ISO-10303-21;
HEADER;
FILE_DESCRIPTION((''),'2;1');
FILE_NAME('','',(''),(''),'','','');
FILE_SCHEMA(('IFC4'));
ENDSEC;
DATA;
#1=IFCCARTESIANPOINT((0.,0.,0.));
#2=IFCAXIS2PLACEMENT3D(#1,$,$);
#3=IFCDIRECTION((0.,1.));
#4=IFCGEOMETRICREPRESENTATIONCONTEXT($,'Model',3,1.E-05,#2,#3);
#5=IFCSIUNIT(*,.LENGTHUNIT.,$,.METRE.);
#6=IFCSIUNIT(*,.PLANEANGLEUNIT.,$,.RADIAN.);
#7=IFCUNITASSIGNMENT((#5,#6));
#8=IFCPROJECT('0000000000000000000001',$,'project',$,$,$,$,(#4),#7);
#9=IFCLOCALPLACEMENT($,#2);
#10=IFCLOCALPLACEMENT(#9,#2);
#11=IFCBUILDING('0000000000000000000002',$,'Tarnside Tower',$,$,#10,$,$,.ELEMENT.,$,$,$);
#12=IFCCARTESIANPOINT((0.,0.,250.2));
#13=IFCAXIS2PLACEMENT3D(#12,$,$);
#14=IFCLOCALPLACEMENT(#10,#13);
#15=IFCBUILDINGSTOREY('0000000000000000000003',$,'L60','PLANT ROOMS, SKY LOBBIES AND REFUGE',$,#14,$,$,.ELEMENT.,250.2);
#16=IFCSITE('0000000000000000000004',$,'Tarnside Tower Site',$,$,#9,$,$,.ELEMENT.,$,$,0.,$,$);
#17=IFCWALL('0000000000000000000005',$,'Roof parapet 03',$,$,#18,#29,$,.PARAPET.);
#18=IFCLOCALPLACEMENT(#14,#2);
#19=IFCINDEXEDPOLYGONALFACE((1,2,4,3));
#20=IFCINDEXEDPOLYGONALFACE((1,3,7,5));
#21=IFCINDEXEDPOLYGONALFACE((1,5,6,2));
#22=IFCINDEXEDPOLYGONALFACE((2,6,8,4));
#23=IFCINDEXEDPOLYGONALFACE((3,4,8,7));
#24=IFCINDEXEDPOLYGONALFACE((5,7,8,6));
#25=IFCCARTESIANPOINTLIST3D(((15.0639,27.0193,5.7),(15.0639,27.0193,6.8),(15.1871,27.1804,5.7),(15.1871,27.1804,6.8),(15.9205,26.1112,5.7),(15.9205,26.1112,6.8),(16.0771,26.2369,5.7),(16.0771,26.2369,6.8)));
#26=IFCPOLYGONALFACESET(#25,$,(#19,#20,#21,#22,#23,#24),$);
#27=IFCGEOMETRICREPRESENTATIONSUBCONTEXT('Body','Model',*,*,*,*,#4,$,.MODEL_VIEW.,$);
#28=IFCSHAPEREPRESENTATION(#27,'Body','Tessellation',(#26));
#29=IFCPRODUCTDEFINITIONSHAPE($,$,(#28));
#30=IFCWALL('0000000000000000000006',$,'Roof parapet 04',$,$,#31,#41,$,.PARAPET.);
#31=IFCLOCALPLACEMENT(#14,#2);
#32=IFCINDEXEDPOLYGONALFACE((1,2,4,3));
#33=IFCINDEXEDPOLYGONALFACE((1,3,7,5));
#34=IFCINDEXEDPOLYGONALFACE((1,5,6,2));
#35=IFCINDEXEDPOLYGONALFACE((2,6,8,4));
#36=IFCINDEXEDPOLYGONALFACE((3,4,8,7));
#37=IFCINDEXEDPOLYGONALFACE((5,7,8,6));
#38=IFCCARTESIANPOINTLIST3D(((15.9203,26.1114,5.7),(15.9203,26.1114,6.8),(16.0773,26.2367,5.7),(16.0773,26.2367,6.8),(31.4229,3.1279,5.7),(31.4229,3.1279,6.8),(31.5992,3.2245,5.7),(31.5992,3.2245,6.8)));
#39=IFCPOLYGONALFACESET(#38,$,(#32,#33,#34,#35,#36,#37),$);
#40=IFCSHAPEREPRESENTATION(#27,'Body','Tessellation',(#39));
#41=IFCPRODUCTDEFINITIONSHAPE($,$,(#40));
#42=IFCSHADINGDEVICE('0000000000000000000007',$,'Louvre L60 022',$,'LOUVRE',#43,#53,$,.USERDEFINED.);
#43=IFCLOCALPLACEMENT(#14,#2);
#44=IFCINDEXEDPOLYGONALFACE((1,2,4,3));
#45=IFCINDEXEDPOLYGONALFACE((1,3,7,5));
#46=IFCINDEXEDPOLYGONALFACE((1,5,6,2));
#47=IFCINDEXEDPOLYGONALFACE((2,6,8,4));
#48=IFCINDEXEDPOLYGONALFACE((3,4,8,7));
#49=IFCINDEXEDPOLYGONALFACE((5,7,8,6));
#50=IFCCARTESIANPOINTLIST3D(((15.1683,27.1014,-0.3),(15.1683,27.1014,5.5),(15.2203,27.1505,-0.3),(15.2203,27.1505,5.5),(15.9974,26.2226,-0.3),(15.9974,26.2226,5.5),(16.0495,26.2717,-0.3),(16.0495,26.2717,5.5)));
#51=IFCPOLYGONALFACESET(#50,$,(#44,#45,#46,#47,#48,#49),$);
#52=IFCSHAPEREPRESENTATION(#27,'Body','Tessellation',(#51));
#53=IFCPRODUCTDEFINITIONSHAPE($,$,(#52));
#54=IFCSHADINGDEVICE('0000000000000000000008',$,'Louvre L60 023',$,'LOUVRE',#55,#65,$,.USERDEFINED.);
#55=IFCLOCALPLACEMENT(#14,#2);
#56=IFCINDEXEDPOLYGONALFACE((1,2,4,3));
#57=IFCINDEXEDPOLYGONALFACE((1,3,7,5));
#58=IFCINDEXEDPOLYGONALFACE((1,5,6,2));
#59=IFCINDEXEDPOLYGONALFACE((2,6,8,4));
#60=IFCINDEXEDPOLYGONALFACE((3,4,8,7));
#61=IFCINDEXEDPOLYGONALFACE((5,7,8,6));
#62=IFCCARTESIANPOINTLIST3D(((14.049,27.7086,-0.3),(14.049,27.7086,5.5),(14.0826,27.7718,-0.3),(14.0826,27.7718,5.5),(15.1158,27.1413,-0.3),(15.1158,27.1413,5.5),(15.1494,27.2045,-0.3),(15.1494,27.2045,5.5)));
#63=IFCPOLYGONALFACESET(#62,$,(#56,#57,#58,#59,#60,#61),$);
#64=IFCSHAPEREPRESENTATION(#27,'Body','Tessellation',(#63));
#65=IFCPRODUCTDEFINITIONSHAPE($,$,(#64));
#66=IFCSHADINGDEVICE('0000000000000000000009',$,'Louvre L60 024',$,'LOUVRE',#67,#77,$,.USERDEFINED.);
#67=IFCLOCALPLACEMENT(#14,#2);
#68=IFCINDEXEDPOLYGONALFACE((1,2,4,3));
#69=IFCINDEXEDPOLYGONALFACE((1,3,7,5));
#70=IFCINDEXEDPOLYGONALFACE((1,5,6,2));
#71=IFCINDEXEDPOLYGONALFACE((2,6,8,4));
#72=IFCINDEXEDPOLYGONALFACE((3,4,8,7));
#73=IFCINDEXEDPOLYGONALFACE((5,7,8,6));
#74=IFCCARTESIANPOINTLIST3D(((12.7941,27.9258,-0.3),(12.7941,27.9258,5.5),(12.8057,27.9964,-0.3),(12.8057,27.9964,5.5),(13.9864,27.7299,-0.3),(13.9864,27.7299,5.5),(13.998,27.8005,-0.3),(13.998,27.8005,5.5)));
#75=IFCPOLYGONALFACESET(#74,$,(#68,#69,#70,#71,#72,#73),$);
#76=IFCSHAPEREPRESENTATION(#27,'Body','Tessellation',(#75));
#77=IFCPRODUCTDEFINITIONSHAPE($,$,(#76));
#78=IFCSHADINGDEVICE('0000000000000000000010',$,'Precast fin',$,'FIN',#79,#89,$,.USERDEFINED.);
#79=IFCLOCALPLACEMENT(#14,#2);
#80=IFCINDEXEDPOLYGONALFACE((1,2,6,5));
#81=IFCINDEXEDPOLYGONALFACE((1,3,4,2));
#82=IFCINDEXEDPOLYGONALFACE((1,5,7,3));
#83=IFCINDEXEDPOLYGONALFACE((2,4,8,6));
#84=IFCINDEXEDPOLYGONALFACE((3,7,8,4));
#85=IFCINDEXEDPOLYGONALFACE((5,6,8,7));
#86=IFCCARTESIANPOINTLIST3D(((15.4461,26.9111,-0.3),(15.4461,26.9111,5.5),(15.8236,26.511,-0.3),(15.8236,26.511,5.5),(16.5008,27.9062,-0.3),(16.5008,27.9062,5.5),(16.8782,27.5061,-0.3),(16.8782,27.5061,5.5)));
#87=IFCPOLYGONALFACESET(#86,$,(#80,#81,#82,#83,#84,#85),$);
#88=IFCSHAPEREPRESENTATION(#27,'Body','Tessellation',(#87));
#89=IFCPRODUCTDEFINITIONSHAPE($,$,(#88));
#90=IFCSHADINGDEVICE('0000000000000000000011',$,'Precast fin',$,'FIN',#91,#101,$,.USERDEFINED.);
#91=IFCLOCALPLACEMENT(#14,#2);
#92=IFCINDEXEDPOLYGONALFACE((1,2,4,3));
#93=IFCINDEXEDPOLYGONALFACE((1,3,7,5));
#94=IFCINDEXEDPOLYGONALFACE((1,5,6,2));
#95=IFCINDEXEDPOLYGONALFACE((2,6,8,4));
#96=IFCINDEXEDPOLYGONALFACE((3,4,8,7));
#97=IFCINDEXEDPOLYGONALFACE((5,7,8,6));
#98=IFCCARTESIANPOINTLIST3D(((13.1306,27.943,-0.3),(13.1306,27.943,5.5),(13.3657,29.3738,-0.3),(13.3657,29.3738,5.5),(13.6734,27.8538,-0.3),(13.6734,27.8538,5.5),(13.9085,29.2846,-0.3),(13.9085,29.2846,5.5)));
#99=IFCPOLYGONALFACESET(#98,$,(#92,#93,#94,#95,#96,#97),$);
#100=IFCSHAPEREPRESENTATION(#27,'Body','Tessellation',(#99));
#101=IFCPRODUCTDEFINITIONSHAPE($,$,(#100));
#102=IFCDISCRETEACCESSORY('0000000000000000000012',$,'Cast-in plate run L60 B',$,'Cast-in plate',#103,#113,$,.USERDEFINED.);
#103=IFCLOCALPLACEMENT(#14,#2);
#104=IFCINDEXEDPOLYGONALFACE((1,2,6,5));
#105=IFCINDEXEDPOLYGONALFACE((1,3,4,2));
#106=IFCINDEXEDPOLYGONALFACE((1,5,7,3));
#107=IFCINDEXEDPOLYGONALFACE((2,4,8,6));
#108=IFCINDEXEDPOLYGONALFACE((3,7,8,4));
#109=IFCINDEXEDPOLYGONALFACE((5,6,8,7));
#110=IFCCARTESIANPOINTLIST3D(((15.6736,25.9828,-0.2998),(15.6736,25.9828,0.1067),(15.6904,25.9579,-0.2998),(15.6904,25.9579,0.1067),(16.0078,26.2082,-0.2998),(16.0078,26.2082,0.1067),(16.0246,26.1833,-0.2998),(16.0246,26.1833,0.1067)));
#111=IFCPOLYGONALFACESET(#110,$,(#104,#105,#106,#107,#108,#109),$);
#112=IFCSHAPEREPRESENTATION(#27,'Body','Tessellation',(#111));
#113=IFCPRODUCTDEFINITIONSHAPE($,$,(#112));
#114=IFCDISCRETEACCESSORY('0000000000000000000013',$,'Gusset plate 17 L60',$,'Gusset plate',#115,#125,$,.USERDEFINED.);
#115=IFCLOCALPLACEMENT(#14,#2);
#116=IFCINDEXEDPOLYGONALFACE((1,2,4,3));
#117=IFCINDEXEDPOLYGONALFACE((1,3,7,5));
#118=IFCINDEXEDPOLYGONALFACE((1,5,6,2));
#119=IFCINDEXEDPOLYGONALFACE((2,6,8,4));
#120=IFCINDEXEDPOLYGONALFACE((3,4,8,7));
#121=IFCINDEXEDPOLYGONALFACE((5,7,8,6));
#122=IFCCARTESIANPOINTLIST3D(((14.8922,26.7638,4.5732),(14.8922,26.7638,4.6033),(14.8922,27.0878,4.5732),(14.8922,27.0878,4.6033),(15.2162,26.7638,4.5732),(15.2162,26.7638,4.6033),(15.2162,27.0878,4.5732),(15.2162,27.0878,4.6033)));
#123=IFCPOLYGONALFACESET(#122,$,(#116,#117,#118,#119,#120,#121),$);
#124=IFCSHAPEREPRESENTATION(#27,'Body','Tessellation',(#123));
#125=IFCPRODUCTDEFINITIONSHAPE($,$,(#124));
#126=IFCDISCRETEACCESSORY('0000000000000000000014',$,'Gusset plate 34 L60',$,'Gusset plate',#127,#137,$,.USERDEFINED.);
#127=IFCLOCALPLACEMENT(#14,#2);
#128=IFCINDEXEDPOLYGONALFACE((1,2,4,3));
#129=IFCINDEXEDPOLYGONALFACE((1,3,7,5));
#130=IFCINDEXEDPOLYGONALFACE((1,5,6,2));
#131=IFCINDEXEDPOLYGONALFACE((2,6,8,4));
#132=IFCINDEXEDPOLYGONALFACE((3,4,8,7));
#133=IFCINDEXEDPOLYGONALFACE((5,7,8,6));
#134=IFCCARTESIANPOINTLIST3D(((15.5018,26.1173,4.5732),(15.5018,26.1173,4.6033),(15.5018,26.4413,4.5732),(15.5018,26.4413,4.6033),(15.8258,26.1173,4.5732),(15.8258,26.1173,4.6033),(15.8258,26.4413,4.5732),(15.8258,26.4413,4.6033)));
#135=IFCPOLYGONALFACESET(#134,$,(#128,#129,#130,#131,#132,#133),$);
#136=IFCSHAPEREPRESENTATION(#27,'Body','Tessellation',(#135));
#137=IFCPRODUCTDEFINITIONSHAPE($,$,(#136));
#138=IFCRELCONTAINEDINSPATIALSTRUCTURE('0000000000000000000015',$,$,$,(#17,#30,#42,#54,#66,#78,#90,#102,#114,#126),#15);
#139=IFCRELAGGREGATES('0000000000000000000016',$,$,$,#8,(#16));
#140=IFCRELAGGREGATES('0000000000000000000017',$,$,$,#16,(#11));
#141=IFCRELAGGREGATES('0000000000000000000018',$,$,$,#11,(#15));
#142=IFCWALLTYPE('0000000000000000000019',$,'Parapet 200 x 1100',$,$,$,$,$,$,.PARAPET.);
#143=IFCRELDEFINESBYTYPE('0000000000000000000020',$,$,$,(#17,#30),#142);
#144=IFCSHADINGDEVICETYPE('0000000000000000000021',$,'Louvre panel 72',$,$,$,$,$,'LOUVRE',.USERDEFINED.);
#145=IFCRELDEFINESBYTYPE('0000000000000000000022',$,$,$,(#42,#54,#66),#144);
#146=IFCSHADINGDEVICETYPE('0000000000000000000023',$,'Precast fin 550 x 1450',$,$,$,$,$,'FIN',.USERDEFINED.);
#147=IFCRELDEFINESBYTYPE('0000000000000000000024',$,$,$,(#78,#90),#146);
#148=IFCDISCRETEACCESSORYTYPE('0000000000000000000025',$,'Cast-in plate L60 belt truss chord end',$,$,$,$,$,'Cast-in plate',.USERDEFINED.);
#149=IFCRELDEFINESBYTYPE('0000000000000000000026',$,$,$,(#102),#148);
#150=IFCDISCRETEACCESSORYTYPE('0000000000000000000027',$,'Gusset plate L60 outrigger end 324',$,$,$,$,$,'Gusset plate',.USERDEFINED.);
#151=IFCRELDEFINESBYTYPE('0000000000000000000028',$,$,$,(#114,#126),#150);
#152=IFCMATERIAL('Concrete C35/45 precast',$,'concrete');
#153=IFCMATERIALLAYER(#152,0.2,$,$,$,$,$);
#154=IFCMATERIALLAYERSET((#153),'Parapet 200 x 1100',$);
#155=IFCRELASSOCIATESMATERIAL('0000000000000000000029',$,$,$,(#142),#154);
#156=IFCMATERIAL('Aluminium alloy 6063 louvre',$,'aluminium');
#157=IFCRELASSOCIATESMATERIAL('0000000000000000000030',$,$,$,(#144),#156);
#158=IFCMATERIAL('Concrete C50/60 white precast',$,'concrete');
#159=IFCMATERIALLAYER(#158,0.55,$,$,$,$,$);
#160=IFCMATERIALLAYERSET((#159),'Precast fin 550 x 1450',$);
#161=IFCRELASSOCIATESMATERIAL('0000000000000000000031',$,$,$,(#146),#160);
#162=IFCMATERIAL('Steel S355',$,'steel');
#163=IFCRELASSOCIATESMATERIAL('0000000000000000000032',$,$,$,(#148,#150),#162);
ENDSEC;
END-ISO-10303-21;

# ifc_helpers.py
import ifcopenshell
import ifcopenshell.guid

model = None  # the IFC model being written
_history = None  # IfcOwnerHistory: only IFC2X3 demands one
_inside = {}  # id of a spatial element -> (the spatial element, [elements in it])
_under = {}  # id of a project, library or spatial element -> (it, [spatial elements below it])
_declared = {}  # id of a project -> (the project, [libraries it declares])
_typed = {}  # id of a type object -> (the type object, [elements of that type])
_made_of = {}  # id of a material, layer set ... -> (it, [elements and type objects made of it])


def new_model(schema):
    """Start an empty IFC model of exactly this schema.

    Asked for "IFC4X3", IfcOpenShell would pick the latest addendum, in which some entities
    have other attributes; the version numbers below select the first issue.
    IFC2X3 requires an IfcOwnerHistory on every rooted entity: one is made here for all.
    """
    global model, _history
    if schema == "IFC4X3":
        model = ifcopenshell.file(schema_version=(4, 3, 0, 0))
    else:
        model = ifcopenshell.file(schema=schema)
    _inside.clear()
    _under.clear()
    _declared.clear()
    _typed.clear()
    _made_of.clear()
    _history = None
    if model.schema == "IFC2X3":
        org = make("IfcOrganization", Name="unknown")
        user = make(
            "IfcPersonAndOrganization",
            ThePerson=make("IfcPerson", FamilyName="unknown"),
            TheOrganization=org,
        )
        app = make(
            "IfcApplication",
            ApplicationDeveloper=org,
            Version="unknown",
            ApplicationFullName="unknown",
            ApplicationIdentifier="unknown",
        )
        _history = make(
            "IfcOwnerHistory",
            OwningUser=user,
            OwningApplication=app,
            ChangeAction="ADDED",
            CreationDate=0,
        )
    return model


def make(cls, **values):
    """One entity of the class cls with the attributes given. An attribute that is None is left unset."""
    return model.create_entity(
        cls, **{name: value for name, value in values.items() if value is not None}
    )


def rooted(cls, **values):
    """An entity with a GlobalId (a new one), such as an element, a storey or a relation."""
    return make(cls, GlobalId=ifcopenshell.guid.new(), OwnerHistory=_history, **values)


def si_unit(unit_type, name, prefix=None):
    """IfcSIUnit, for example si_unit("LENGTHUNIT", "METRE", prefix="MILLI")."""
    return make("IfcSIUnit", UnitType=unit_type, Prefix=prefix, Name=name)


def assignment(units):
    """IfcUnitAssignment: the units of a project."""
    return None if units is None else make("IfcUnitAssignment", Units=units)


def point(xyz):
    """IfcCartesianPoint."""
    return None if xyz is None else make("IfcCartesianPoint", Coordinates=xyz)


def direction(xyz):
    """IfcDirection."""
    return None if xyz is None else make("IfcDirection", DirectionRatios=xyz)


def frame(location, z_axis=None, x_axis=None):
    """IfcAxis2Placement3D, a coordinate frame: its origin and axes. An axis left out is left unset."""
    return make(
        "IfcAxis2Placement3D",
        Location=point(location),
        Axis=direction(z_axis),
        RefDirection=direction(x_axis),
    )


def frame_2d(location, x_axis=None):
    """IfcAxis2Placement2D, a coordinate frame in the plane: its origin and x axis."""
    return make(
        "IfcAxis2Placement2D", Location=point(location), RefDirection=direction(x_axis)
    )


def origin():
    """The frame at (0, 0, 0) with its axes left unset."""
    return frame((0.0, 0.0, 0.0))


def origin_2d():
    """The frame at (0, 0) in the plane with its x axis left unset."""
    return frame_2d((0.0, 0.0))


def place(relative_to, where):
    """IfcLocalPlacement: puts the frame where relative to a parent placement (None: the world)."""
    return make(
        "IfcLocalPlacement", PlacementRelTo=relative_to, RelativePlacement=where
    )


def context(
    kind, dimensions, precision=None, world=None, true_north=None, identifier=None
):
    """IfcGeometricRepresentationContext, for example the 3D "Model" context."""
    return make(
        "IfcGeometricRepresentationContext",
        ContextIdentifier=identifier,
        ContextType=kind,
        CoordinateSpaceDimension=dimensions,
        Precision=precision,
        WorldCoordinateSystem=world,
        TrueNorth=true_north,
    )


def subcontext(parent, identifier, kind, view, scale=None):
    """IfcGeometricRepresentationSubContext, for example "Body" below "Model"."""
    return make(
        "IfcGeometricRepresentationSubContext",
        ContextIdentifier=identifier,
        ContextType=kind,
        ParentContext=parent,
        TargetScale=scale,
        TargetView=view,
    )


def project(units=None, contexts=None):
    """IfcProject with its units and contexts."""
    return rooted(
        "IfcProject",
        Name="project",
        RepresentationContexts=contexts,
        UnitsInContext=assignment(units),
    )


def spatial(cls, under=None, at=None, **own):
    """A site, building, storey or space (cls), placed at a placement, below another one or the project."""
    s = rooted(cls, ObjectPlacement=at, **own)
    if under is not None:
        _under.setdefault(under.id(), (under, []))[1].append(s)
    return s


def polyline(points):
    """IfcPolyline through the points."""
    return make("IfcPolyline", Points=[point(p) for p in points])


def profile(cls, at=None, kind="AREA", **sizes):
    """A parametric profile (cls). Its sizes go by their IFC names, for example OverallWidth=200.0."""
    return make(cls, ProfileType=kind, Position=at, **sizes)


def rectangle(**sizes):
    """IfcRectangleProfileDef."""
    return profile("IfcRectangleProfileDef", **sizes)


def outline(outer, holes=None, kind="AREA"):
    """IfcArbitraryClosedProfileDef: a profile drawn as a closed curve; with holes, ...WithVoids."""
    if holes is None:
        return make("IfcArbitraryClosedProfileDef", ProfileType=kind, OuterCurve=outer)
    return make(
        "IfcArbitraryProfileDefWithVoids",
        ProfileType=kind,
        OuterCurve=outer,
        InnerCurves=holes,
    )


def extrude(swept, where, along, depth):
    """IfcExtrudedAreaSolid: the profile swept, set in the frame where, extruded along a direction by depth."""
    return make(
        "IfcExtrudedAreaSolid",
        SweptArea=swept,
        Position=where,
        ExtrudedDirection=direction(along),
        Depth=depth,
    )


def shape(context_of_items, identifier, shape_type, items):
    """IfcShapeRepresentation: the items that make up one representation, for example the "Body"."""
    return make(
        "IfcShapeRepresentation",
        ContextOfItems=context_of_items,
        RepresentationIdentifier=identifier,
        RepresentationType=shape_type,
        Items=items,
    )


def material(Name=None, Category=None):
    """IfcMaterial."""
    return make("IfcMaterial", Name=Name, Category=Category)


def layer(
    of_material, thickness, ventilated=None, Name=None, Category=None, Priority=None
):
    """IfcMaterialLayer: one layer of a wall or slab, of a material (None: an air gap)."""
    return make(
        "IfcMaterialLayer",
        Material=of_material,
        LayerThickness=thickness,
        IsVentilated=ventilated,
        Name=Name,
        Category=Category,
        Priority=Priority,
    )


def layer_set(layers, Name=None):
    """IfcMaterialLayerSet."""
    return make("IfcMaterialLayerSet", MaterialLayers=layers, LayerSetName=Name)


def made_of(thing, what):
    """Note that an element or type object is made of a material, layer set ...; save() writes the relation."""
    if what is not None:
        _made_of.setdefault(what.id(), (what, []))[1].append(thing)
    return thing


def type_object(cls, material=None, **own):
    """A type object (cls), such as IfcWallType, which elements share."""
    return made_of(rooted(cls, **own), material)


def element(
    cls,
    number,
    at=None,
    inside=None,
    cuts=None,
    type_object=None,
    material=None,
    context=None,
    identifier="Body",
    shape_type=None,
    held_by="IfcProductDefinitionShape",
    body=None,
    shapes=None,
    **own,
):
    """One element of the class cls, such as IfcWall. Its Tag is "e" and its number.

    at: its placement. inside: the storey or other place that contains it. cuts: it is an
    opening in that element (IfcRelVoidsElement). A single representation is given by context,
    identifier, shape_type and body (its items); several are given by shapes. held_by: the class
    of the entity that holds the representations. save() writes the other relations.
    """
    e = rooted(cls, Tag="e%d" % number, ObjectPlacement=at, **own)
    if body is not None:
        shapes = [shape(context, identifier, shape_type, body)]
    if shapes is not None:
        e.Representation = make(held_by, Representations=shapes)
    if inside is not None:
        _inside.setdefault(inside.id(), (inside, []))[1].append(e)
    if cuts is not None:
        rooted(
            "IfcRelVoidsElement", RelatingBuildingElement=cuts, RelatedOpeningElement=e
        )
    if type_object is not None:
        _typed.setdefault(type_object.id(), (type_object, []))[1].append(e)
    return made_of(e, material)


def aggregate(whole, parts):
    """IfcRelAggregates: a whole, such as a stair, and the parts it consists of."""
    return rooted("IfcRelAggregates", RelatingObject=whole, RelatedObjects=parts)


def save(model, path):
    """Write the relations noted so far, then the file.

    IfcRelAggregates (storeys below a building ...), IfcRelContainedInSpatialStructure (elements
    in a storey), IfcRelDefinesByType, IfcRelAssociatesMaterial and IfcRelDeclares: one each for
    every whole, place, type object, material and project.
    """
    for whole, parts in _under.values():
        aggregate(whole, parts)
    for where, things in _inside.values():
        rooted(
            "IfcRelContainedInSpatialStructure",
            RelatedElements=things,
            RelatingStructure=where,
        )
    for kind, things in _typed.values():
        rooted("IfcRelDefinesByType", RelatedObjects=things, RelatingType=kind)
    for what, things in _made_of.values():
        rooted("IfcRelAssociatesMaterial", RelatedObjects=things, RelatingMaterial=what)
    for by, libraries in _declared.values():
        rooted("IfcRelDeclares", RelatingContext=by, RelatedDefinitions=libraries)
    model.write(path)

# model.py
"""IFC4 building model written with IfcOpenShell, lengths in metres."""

from ifc_helpers import new_model, si_unit, direction, frame, origin, origin_2d, place, context, subcontext, project, spatial, polyline, rectangle, outline, extrude, material, layer, layer_set, type_object, element, save


model = new_model("IFC4")

# Units and contexts
model_context = context("Model", 3, precision=1e-05, world=origin(), true_north=direction((0.0, 1.0)))
body_context = subcontext(model_context, "Body", "Model", "MODEL_VIEW")
ifc_project = project(units=[si_unit("LENGTHUNIT", "METRE"), si_unit("PLANEANGLEUNIT", "RADIAN")], contexts=[model_context])

# Site, building, storey
site_placement = place(None, origin())
site = spatial("IfcSite", under=ifc_project, at=site_placement, Name="Tarnside Tower Site", CompositionType="ELEMENT", RefElevation=0.0)
building_placement = place(site_placement, origin())
building = spatial("IfcBuilding", under=site, at=building_placement, Name="Tarnside Tower", CompositionType="ELEMENT")
storey_placement = place(building_placement, frame((0.0, 0.0, 250.2)))
storey = spatial("IfcBuildingStorey", under=building, at=storey_placement, Name="L60", Description="PLANT ROOMS, SKY LOBBIES AND REFUGE", CompositionType="ELEMENT", Elevation=250.2)

# Shared definitions
ifc_material_1 = material(Name="Steel S355", Category="steel")

# Walls
ifc_material_2 = material(Name="Concrete C35/45 precast", Category="concrete")
ifc_layer_1 = layer(ifc_material_2, 0.2)
ifc_layer_set_1 = layer_set([ifc_layer_1], Name="Parapet 200 x 1100")
wall_type = type_object("IfcWallType", Name="Parapet 200 x 1100", PredefinedType="PARAPET", material=ifc_layer_set_1)
wall_1_placement = place(storey_placement, frame((15.1255, 27.0999, 5.7), z_axis=(0.0, 0.0, 1.0), x_axis=(0.686184, -0.727428, 0.0)))
element("IfcWall", 1, at=wall_1_placement, inside=storey, type_object=wall_type, Name="Roof parapet 03", PredefinedType="PARAPET", context=body_context, shape_type="SweptSolid", body=[
    extrude(outline(polyline([(0.0164, -0.1001), (1.2646, -0.1001), (1.2808, 0.1001), (-0.0164, 0.1001), (0.0164, -0.1001)])), origin(), (0.0, 0.0, 1.0), 1.1001),
])
wall_2_placement = place(storey_placement, frame((15.9988, 26.1741, 5.7), z_axis=(0.0, 0.0, 1.0), x_axis=(0.559193, -0.829038, 0.0)))
element("IfcWall", 2, at=wall_2_placement, inside=storey, type_object=wall_type, Name="Roof parapet 04", PredefinedType="PARAPET", context=body_context, shape_type="SweptSolid", body=[
    extrude(outline(polyline([(0.0081, -0.1001), (27.7312, -0.1001), (27.7498, 0.1001), (-0.0081, 0.1001), (0.0081, -0.1001)])), origin(), (0.0, 0.0, 1.0), 1.1001),
])

# Shading devices
ifc_material_3 = material(Name="Aluminium alloy 6063 louvre", Category="aluminium")
shading_device_type_1 = type_object("IfcShadingDeviceType", Name="Louvre panel 72", ElementType="LOUVRE", PredefinedType="USERDEFINED", material=ifc_material_3)
for number, where, z_axis, x_axis, name in (
    (3, (15.5828, 26.6621, -0.3), (0.686239, -0.727376, 0.0), (0.727376, 0.686239, 0.0), "Louvre L60 022"),
    (4, (14.5823, 27.425, -0.3), (0.882923, -0.469518, 0.0), (0.469518, 0.882923, 0.0), "Louvre L60 023"),
    (5, (13.3901, 27.8279, -0.3), (0.986769, -0.16213, 0.0), (0.16213, 0.986769, 0.0), "Louvre L60 024"),
):
    element("IfcShadingDevice", number, at=place(storey_placement, frame(where, z_axis=z_axis, x_axis=x_axis)), inside=storey, type_object=shading_device_type_1, Name=name, ObjectType="LOUVRE", PredefinedType="USERDEFINED", context=body_context, shape_type="SweptSolid", body=[
        extrude(outline(polyline([(0.0, 0.0), (0.0715, 0.0), (0.0715, 5.8), (0.0, 5.8), (0.0, 0.0)])), frame((0.0, 0.0, -0.604)), (0.0, 0.0, 1.0), 1.2083),
    ])
ifc_material_4 = material(Name="Concrete C50/60 white precast", Category="concrete")
ifc_layer_2 = layer(ifc_material_4, 0.55)
ifc_layer_set_2 = layer_set([ifc_layer_2], Name="Precast fin 550 x 1450")
shading_device_type_2 = type_object("IfcShadingDeviceType", Name="Precast fin 550 x 1450", ElementType="FIN", PredefinedType="USERDEFINED", material=ifc_layer_set_2)
for number, where, z_axis, x_axis, name in (
    (6, (15.6348, 26.7112, -0.3), (0.686242, -0.727374, 0.0), (0.727374, 0.686242, 0.0), "Precast fin"),
    (7, (13.4019, 27.8984, -0.3), (0.986762, -0.162178, 0.0), (0.162178, 0.986762, 0.0), "Precast fin"),
):
    element("IfcShadingDevice", number, at=place(storey_placement, frame(where, z_axis=z_axis, x_axis=x_axis)), inside=storey, type_object=shading_device_type_2, Name=name, ObjectType="FIN", PredefinedType="USERDEFINED", context=body_context, shape_type="SweptSolid", body=[
        extrude(outline(polyline([(0.0, 0.0), (1.45, 0.0), (1.45, 5.8), (0.0, 5.8), (0.0, 0.0)])), frame((0.0, 0.0, -0.2749)), (0.0, 0.0, 1.0), 0.55),
    ])

# Discrete accessories
discrete_accessory_type_1 = type_object("IfcDiscreteAccessoryType", Name="Cast-in plate L60 belt truss chord end", ElementType="Cast-in plate", PredefinedType="USERDEFINED", material=ifc_material_1)
discrete_accessory_placement = place(storey_placement, frame((15.8491, 26.083, -0.2998), z_axis=(0.0, 0.0, 1.0), x_axis=(-0.559193, 0.829038, 0.0)))
element("IfcDiscreteAccessory", 8, at=discrete_accessory_placement, inside=storey, type_object=discrete_accessory_type_1, Name="Cast-in plate run L60 B", ObjectType="Cast-in plate", PredefinedType="USERDEFINED", context=body_context, shape_type="SweptSolid", body=[
    extrude(rectangle(XDim=0.03, YDim=0.4031, at=origin_2d()), origin(), (0.0, 0.0, 1.0), 0.4065),
])
discrete_accessory_type_2 = type_object("IfcDiscreteAccessoryType", Name="Gusset plate L60 outrigger end 324", ElementType="Gusset plate", PredefinedType="USERDEFINED", material=ifc_material_1)
for number, where, z_axis, x_axis, name in (
    (9, (15.0542, 26.9258, 4.5732), (0.0, 0.0, 1.0), (1.0, 0.0, 0.0), "Gusset plate 17 L60"),
    (10, (15.6638, 26.2793, 4.5732), (0.0, 0.0, 1.0), (1.0, 0.0, 0.0), "Gusset plate 34 L60"),
):
    element("IfcDiscreteAccessory", number, at=place(storey_placement, frame(where, z_axis=z_axis, x_axis=x_axis)), inside=storey, type_object=discrete_accessory_type_2, Name=name, ObjectType="Gusset plate", PredefinedType="USERDEFINED", context=body_context, shape_type="SweptSolid", body=[
        extrude(rectangle(XDim=0.324, YDim=0.324, at=origin_2d()), origin(), (0.0, 0.0, 1.0), 0.03),
    ])

save(model, "model.ifc")
